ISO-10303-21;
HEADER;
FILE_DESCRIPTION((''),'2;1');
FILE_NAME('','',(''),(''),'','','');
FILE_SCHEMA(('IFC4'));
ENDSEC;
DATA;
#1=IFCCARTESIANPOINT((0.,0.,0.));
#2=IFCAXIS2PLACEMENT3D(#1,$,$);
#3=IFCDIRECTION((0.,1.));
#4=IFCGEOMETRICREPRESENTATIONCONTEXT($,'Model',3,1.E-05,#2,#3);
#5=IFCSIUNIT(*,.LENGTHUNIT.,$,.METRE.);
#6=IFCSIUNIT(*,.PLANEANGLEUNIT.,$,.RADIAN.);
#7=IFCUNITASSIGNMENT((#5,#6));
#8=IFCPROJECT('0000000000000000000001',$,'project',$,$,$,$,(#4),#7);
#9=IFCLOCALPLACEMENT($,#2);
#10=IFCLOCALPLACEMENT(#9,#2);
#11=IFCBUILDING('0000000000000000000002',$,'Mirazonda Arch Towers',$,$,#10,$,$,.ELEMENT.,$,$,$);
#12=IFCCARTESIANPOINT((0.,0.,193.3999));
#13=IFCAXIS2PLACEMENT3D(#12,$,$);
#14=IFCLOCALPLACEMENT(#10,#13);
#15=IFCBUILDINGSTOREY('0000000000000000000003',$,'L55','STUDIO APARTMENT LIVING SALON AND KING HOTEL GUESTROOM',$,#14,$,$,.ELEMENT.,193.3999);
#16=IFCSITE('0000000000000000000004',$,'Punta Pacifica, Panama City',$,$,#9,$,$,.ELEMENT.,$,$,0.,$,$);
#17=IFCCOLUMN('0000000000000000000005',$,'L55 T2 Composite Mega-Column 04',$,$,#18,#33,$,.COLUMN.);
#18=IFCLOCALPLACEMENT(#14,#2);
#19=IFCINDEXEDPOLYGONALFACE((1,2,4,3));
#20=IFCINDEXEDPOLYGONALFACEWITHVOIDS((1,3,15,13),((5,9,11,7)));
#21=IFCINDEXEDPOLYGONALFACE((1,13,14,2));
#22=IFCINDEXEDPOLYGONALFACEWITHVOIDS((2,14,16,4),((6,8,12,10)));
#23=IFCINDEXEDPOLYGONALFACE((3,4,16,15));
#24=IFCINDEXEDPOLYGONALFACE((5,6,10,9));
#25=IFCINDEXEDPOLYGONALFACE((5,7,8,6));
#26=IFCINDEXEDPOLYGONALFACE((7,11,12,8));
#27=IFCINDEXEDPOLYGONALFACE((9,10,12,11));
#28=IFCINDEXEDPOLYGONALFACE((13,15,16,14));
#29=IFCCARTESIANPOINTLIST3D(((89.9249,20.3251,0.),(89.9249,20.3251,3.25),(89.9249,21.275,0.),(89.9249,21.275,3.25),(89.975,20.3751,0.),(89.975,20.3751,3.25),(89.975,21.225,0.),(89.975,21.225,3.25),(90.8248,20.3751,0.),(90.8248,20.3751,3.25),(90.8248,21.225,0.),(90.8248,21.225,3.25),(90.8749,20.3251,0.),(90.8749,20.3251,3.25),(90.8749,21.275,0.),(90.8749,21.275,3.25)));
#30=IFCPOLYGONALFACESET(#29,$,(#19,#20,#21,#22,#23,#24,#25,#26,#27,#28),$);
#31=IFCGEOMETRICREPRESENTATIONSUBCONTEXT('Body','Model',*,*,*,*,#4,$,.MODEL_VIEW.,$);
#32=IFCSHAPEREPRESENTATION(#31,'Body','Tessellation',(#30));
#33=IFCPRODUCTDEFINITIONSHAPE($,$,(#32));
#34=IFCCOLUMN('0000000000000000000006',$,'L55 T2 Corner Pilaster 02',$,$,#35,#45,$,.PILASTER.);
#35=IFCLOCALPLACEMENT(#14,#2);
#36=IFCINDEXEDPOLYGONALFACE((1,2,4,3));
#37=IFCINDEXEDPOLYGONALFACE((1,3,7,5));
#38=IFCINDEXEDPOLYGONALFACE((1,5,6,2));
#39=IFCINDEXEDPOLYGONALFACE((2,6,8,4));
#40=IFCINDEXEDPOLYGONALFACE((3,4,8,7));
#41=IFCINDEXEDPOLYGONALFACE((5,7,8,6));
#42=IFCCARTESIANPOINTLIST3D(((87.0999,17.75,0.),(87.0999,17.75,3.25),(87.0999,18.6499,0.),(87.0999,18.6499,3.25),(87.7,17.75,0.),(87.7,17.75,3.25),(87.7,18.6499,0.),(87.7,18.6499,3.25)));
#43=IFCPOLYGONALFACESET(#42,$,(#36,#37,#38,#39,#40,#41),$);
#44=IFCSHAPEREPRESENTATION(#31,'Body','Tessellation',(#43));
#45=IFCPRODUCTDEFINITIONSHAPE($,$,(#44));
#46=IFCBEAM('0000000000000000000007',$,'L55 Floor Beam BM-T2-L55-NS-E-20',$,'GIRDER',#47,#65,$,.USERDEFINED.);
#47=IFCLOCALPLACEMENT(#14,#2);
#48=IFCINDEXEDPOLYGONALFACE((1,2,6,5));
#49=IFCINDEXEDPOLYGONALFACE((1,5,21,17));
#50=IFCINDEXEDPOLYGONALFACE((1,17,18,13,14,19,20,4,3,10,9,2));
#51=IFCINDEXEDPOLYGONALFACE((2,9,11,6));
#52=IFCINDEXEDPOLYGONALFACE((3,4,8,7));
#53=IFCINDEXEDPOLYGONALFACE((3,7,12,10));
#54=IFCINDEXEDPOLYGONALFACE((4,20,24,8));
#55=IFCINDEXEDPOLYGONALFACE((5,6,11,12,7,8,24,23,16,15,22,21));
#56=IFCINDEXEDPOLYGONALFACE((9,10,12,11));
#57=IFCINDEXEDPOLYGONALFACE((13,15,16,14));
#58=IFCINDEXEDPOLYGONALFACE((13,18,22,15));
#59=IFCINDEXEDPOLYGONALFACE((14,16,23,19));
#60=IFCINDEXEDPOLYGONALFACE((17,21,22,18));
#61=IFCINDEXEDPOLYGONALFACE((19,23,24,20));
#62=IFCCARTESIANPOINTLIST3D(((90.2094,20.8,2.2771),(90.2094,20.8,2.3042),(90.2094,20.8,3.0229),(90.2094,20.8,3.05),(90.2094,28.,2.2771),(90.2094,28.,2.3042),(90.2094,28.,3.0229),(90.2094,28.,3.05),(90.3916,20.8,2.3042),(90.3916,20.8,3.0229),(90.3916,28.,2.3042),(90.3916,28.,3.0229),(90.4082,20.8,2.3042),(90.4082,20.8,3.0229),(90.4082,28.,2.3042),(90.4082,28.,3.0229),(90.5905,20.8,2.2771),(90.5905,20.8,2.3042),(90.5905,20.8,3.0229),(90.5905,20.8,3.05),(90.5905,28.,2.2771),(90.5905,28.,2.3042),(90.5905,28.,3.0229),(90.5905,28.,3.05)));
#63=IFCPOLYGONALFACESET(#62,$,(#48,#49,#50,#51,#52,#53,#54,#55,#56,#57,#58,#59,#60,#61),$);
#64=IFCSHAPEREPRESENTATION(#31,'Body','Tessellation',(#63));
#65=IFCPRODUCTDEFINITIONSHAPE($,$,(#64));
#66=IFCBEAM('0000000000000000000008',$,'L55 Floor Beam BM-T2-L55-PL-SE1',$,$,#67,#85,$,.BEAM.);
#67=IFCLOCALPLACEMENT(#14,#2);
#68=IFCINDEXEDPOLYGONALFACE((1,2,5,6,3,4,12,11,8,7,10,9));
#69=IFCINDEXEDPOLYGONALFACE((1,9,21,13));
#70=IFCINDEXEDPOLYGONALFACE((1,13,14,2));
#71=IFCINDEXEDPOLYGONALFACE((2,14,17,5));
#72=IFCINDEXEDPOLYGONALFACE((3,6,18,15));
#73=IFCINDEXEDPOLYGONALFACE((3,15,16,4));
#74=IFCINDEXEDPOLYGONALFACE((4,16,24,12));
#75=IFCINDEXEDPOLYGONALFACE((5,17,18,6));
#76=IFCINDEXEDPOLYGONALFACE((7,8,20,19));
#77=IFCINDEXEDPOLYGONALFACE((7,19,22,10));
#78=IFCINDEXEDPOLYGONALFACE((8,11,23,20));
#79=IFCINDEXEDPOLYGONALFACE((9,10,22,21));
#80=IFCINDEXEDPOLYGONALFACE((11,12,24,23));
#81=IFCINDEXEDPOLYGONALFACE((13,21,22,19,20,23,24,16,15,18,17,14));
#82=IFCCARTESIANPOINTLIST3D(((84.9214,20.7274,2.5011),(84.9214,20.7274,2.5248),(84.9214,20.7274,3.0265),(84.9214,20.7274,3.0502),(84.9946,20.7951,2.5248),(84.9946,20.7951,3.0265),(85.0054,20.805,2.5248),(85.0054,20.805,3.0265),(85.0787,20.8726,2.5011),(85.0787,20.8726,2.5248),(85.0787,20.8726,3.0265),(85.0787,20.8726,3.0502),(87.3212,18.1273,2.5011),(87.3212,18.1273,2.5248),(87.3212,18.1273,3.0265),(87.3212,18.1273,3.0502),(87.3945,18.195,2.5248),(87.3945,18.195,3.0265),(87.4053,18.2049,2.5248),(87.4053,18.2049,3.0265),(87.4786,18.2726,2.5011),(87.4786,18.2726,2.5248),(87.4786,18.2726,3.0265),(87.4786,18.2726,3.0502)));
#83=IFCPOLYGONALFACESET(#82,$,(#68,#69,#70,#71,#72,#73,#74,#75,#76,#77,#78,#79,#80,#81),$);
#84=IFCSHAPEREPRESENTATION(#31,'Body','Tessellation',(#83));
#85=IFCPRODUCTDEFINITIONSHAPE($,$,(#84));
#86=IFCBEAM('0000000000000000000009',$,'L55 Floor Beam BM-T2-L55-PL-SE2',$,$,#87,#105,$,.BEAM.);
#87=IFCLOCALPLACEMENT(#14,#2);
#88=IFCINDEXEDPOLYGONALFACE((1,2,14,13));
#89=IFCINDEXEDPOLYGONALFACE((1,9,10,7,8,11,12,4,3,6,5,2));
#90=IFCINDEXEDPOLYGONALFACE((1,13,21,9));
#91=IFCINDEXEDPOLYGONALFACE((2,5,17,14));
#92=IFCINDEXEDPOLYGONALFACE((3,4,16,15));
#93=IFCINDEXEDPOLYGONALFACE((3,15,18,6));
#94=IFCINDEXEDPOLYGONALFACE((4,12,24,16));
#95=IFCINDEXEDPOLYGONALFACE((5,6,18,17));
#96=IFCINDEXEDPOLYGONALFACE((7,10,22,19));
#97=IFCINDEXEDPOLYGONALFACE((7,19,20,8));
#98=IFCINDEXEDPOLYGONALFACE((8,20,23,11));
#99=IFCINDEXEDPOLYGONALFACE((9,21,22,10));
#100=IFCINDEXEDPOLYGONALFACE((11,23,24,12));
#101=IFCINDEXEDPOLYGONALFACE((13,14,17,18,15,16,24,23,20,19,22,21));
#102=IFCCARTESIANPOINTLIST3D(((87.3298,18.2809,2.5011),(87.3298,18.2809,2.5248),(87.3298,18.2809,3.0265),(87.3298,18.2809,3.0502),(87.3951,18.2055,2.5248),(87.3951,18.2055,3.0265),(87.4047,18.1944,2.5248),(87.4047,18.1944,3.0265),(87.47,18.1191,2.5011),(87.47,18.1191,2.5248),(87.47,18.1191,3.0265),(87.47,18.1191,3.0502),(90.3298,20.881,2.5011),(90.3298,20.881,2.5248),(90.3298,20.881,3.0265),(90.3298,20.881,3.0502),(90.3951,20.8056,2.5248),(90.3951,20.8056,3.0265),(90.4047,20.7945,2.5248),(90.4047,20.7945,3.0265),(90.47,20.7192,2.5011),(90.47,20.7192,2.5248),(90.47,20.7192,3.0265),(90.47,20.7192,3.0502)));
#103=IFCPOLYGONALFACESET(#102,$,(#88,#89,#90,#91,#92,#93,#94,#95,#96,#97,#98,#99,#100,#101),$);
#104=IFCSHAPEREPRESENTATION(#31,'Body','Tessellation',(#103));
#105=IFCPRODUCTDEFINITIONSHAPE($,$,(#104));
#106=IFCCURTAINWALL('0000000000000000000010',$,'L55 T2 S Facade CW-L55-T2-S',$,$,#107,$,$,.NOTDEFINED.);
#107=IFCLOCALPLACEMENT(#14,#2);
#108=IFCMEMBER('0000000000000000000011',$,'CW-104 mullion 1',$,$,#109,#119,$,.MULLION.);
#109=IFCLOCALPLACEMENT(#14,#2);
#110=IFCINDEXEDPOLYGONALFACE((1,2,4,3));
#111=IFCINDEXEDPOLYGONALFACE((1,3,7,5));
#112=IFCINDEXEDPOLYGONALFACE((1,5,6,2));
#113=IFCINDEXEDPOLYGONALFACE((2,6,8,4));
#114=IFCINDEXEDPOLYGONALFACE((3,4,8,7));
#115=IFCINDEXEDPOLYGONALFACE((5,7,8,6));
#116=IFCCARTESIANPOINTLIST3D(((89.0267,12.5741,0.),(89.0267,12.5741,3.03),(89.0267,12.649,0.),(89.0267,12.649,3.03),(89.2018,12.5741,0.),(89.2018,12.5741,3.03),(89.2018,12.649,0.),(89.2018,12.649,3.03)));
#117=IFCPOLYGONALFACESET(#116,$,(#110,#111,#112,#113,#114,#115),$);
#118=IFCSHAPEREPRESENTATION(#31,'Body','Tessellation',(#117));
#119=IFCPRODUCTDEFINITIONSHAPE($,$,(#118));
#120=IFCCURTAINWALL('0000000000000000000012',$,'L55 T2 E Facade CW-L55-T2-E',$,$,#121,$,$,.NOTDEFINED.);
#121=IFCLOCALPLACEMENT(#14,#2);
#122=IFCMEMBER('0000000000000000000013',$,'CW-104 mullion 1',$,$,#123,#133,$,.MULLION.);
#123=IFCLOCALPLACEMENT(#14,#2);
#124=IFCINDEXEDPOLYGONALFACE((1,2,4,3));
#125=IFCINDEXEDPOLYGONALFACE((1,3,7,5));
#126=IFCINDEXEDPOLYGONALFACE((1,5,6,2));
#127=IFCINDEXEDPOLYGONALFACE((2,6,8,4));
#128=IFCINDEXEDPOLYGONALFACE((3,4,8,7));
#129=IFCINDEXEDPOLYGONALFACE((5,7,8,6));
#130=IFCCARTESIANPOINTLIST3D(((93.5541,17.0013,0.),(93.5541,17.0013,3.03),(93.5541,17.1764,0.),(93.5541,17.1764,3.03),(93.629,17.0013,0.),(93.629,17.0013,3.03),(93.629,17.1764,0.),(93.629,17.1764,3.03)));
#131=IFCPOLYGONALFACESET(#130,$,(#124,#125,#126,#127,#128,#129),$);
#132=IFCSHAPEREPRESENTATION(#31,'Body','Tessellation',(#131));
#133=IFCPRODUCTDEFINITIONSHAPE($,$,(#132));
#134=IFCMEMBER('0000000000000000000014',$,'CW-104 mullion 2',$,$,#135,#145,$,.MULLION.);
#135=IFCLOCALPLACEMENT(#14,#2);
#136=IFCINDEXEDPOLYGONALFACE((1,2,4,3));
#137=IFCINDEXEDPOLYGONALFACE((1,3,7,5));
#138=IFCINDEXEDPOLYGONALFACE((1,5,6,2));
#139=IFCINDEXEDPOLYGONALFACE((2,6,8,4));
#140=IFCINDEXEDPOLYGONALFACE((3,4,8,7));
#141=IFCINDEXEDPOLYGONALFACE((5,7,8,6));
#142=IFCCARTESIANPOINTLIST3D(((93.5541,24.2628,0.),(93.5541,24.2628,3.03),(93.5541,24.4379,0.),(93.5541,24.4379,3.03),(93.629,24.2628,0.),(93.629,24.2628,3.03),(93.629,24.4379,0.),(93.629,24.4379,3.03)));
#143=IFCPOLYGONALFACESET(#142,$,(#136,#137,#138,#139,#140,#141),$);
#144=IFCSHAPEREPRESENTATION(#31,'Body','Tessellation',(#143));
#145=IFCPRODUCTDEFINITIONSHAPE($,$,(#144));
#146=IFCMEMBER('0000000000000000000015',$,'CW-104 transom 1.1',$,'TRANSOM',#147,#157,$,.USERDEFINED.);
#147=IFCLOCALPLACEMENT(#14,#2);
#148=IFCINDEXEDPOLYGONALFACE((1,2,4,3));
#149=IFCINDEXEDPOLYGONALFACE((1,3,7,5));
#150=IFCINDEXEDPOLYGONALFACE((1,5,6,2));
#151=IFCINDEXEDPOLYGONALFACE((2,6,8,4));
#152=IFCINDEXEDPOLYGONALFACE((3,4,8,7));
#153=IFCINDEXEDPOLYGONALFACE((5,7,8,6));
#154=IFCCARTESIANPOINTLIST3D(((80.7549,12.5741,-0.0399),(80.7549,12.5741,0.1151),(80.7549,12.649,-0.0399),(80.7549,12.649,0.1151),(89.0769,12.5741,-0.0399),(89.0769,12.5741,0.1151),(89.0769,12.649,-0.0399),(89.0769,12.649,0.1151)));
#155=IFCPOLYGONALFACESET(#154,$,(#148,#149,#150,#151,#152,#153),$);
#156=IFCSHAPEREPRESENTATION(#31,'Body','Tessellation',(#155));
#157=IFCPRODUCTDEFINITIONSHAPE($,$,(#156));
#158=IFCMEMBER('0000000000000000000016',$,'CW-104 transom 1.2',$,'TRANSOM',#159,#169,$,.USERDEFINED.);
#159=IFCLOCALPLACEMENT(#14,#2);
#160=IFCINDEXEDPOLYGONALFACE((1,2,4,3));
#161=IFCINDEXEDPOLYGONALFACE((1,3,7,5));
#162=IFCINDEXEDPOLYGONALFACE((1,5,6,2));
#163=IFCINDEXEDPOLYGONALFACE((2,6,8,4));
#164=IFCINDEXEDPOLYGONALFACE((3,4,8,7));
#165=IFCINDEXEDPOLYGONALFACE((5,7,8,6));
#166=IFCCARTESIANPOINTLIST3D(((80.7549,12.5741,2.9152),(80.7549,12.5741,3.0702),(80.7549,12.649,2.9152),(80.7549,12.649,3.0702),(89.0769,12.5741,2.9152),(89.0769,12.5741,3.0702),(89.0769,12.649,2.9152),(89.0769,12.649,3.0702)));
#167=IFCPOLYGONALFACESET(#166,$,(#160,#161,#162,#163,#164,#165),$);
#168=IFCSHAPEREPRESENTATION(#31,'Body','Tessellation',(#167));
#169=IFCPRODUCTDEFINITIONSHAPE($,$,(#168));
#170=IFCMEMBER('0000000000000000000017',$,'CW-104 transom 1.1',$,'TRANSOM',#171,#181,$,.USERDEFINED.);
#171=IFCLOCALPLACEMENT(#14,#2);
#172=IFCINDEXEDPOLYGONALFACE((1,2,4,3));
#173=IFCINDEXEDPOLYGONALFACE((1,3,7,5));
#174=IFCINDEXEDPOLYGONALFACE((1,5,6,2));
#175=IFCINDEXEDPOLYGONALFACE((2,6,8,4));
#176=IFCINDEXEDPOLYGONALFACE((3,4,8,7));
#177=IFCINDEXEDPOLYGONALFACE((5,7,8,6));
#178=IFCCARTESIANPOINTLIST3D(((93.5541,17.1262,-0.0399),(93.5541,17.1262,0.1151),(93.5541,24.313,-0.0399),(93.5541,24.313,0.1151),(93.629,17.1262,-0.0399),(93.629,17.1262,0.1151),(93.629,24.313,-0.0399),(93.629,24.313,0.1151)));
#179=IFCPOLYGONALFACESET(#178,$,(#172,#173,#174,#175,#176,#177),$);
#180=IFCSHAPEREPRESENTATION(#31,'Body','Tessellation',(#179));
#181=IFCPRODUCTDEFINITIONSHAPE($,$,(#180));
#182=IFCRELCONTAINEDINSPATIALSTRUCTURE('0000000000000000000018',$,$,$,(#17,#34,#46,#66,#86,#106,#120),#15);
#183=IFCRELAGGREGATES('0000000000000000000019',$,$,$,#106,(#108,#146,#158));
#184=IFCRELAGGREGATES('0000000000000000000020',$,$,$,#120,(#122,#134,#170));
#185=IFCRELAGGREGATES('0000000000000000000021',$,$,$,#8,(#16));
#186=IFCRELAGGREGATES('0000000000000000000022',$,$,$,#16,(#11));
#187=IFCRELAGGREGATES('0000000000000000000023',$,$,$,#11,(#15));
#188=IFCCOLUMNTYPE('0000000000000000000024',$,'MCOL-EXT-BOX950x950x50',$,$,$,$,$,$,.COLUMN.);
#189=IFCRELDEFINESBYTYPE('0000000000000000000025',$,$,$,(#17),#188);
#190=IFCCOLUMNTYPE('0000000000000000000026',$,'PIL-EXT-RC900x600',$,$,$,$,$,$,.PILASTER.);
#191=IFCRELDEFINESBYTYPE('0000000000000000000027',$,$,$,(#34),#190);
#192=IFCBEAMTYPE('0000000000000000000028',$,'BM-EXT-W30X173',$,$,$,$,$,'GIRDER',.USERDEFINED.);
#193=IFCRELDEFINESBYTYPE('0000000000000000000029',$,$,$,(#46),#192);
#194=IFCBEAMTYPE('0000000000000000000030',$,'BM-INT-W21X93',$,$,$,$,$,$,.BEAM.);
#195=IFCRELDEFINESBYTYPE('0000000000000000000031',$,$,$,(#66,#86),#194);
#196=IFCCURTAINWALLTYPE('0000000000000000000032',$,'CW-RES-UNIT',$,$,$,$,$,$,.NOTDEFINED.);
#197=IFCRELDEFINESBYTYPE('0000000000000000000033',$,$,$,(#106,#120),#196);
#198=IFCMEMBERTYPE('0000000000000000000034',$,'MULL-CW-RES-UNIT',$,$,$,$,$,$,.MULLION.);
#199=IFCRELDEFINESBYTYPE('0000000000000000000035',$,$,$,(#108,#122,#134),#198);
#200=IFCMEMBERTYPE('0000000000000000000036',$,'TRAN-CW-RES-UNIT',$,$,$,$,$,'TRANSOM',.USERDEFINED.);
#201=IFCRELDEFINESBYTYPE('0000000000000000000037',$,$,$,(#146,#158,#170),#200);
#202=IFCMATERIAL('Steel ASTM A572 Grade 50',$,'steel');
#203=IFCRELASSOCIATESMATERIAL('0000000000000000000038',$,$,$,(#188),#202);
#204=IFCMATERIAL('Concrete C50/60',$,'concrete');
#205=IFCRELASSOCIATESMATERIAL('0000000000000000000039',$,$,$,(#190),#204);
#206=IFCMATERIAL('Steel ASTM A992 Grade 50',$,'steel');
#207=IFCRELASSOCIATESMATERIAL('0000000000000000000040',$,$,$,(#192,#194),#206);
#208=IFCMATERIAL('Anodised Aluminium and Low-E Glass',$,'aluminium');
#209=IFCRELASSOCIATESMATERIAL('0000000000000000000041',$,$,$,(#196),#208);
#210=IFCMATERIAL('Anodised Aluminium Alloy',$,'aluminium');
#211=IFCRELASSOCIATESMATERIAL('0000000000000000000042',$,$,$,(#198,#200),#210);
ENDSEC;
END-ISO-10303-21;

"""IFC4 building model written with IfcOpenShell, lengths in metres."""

from ifc_helpers import new_model, si_unit, direction, frame, origin, origin_2d, place, context, subcontext, project, spatial, rectangle, hollow_rectangle, i_section, extrude, material, material_profile, profile_set, type_object, element, aggregate, save


model = new_model("IFC4")

# Units and contexts
model_context = context("Model", 3, precision=1e-05, world=origin(), true_north=direction((0.0, 1.0)))
body_context = subcontext(model_context, "Body", "Model", "MODEL_VIEW")
ifc_project = project(units=[si_unit("LENGTHUNIT", "METRE"), si_unit("PLANEANGLEUNIT", "RADIAN")], contexts=[model_context])

# Site, building, storey
site_placement = place(None, origin())
site = spatial("IfcSite", under=ifc_project, at=site_placement, Name="Punta Pacifica, Panama City", CompositionType="ELEMENT", RefElevation=0.0)
building_placement = place(site_placement, origin())
building = spatial("IfcBuilding", under=site, at=building_placement, Name="Mirazonda Arch Towers", CompositionType="ELEMENT")
storey_placement = place(building_placement, frame((0.0, 0.0, 193.3999)))
storey = spatial("IfcBuildingStorey", under=building, at=storey_placement, Name="L55", Description="STUDIO APARTMENT LIVING SALON AND KING HOTEL GUESTROOM", CompositionType="ELEMENT", Elevation=193.3999)

# Columns
ifc_material_1 = material(Name="Steel ASTM A572 Grade 50", Category="steel")
ifc_material_profile_1 = material_profile(ifc_material_1, hollow_rectangle(XDim=0.95, YDim=0.95, WallThickness=0.05, at=origin_2d()), Name="BOX950x950x50")
ifc_profile_set_1 = profile_set([ifc_material_profile_1], Name="Steel ASTM A572 Grade 50")
column_type_1 = type_object("IfcColumnType", Name="MCOL-EXT-BOX950x950x50", PredefinedType="COLUMN", material=ifc_profile_set_1)
column_1_placement = place(storey_placement, frame((90.3999, 20.8, 0.0), z_axis=(0.0, 0.0, 1.0), x_axis=(1.0, 0.0, 0.0)))
element("IfcColumn", 1, at=column_1_placement, inside=storey, type_object=column_type_1, Name="L55 T2 Composite Mega-Column 04", PredefinedType="COLUMN", context=body_context, shape_type="SweptSolid", body=[
    extrude(hollow_rectangle(XDim=0.95, YDim=0.95, WallThickness=0.05, at=origin_2d()), origin(), (0.0, 0.0, 1.0), 3.25),
])
ifc_material_2 = material(Name="Concrete C50/60", Category="concrete")
ifc_material_profile_2 = material_profile(ifc_material_2, rectangle(XDim=0.6001, YDim=0.8999, at=origin_2d()), Name="RC900x600")
ifc_profile_set_2 = profile_set([ifc_material_profile_2], Name="Concrete C50/60")
column_type_2 = type_object("IfcColumnType", Name="PIL-EXT-RC900x600", PredefinedType="PILASTER", material=ifc_profile_set_2)
column_2_placement = place(storey_placement, frame((87.3999, 18.2, 0.0), z_axis=(0.0, 0.0, 1.0), x_axis=(1.0, 0.0, 0.0)))
element("IfcColumn", 2, at=column_2_placement, inside=storey, type_object=column_type_2, Name="L55 T2 Corner Pilaster 02", PredefinedType="PILASTER", context=body_context, shape_type="SweptSolid", body=[
    extrude(rectangle(XDim=0.6001, YDim=0.8999, at=origin_2d()), origin(), (0.0, 0.0, 1.0), 3.25),
])

# Beams
ifc_material_3 = material(Name="Steel ASTM A992 Grade 50", Category="steel")
ifc_material_profile_3 = material_profile(ifc_material_3, i_section(OverallWidth=0.3811, OverallDepth=0.7729, WebThickness=0.0166, FlangeThickness=0.0271, at=origin_2d()), Name="W30X173")
ifc_profile_set_3 = profile_set([ifc_material_profile_3], Name="Steel ASTM A992 Grade 50")
beam_type_1 = type_object("IfcBeamType", Name="BM-EXT-W30X173", ElementType="GIRDER", PredefinedType="USERDEFINED", material=ifc_profile_set_3)
beam_1_placement = place(storey_placement, frame((90.3999, 20.8, 2.6636), z_axis=(0.0, 1.0, 0.0), x_axis=(-1.0, 0.0, 0.0)))
element("IfcBeam", 3, at=beam_1_placement, inside=storey, type_object=beam_type_1, Name="L55 Floor Beam BM-T2-L55-NS-E-20", ObjectType="GIRDER", PredefinedType="USERDEFINED", context=body_context, shape_type="SweptSolid", body=[
    extrude(i_section(OverallWidth=0.3811, OverallDepth=0.7729, WebThickness=0.0166, FlangeThickness=0.0271, at=origin_2d()), origin(), (0.0, 0.0, 1.0), 7.2),
])
ifc_material_profile_4 = material_profile(ifc_material_3, i_section(OverallWidth=0.2141, OverallDepth=0.5491, WebThickness=0.0146, FlangeThickness=0.0237, at=origin_2d()), Name="W21X93")
ifc_profile_set_4 = profile_set([ifc_material_profile_4], Name="Steel ASTM A992 Grade 50")
beam_type_2 = type_object("IfcBeamType", Name="BM-INT-W21X93", PredefinedType="BEAM", material=ifc_profile_set_4)
beam_2_placement = place(storey_placement, frame((87.3999, 18.2, 2.7756), z_axis=(-0.678251, 0.73483, 0.0), x_axis=(-0.73483, -0.678251, 0.0)))
element("IfcBeam", 4, at=beam_2_placement, inside=storey, type_object=beam_type_2, Name="L55 Floor Beam BM-T2-L55-PL-SE1", PredefinedType="BEAM", context=body_context, shape_type="SweptSolid", body=[
    extrude(i_section(OverallWidth=0.2141, OverallDepth=0.5491, WebThickness=0.0146, FlangeThickness=0.0237, at=origin_2d()), origin(), (0.0, 0.0, 1.0), 3.5383),
])
beam_3_placement = place(storey_placement, frame((87.3999, 18.2, 2.7756), z_axis=(0.755677, 0.654945, 0.0), x_axis=(-0.654945, 0.755677, 0.0)))
element("IfcBeam", 5, at=beam_3_placement, inside=storey, type_object=beam_type_2, Name="L55 Floor Beam BM-T2-L55-PL-SE2", PredefinedType="BEAM", context=body_context, shape_type="SweptSolid", body=[
    extrude(i_section(OverallWidth=0.2141, OverallDepth=0.5491, WebThickness=0.0146, FlangeThickness=0.0237, at=origin_2d()), origin(), (0.0, 0.0, 1.0), 3.97),
])

# Curtain wall, member
ifc_material_4 = material(Name="Anodised Aluminium and Low-E Glass", Category="aluminium")
curtain_wall_type = type_object("IfcCurtainWallType", Name="CW-RES-UNIT", PredefinedType="NOTDEFINED", material=ifc_material_4)
curtain_wall_1_placement = place(storey_placement, origin())
curtain_wall_1 = element("IfcCurtainWall", 6, at=curtain_wall_1_placement, inside=storey, type_object=curtain_wall_type, Name="L55 T2 S Facade CW-L55-T2-S", PredefinedType="NOTDEFINED")
ifc_material_5 = material(Name="Anodised Aluminium Alloy", Category="aluminium")
ifc_material_profile_5 = material_profile(ifc_material_5, rectangle(XDim=0.075, YDim=0.175, at=origin_2d()), Name="ALU-MULL-75x175")
ifc_profile_set_5 = profile_set([ifc_material_profile_5], Name="Anodised Aluminium Alloy")
member_type_1 = type_object("IfcMemberType", Name="MULL-CW-RES-UNIT", PredefinedType="MULLION", material=ifc_profile_set_5)
member_1_placement = place(storey_placement, frame((89.1143, 12.6116, 0.0), z_axis=(0.0, 0.0, 1.0), x_axis=(0.0, -1.0, 0.0)))
member_1 = element("IfcMember", 7, at=member_1_placement, type_object=member_type_1, Name="CW-104 mullion 1", PredefinedType="MULLION", context=body_context, shape_type="SweptSolid", body=[
    extrude(rectangle(XDim=0.075, YDim=0.175, at=origin_2d()), origin(), (0.0, 0.0, 1.0), 3.03),
])

# Curtain wall, members
curtain_wall_2_placement = place(storey_placement, origin())
curtain_wall_2 = element("IfcCurtainWall", 8, at=curtain_wall_2_placement, inside=storey, type_object=curtain_wall_type, Name="L55 T2 E Facade CW-L55-T2-E", PredefinedType="NOTDEFINED")
member_2_placement = place(storey_placement, frame((93.5916, 17.0889, 0.0), z_axis=(0.0, 0.0, 1.0), x_axis=(-1.0, 0.0, 0.0)))
member_2 = element("IfcMember", 9, at=member_2_placement, type_object=member_type_1, Name="CW-104 mullion 1", PredefinedType="MULLION", context=body_context, shape_type="SweptSolid", body=[
    extrude(rectangle(XDim=0.075, YDim=0.175, at=origin_2d()), origin(), (0.0, 0.0, 1.0), 3.03),
])
member_3_placement = place(storey_placement, frame((93.5916, 24.3503, 0.0), z_axis=(0.0, 0.0, 1.0), x_axis=(-1.0, 0.0, 0.0)))
member_3 = element("IfcMember", 10, at=member_3_placement, type_object=member_type_1, Name="CW-104 mullion 2", PredefinedType="MULLION", context=body_context, shape_type="SweptSolid", body=[
    extrude(rectangle(XDim=0.075, YDim=0.175, at=origin_2d()), origin(), (0.0, 0.0, 1.0), 3.03),
])

# Members
ifc_material_profile_6 = material_profile(ifc_material_5, rectangle(XDim=0.075, YDim=0.155, at=origin_2d()), Name="ALU-TRAN-75x155")
ifc_profile_set_6 = profile_set([ifc_material_profile_6], Name="Anodised Aluminium Alloy")
member_type_2 = type_object("IfcMemberType", Name="TRAN-CW-RES-UNIT", ElementType="TRANSOM", PredefinedType="USERDEFINED", material=ifc_profile_set_6)
member_4_placement = place(storey_placement, frame((89.0769, 12.6116, 0.0376), z_axis=(-1.0, 0.0, 0.0), x_axis=(0.0, -1.0, 0.0)))
member_4 = element("IfcMember", 11, at=member_4_placement, type_object=member_type_2, Name="CW-104 transom 1.1", ObjectType="TRANSOM", PredefinedType="USERDEFINED", context=body_context, shape_type="SweptSolid", body=[
    extrude(rectangle(XDim=0.075, YDim=0.155, at=origin_2d()), origin(), (0.0, 0.0, 1.0), 8.322),
])
member_5_placement = place(storey_placement, frame((89.0769, 12.6116, 2.9927), z_axis=(-1.0, 0.0, 0.0), x_axis=(0.0, -1.0, 0.0)))
member_5 = element("IfcMember", 12, at=member_5_placement, type_object=member_type_2, Name="CW-104 transom 1.2", ObjectType="TRANSOM", PredefinedType="USERDEFINED", context=body_context, shape_type="SweptSolid", body=[
    extrude(rectangle(XDim=0.075, YDim=0.155, at=origin_2d()), origin(), (0.0, 0.0, 1.0), 8.322),
])
aggregate(curtain_wall_1, [member_1, member_4, member_5])
member_6_placement = place(storey_placement, frame((93.5916, 17.1262, 0.0376), z_axis=(0.0, 1.0, 0.0), x_axis=(-1.0, 0.0, 0.0)))
member_6 = element("IfcMember", 13, at=member_6_placement, type_object=member_type_2, Name="CW-104 transom 1.1", ObjectType="TRANSOM", PredefinedType="USERDEFINED", context=body_context, shape_type="SweptSolid", body=[
    extrude(rectangle(XDim=0.075, YDim=0.155, at=origin_2d()), origin(), (0.0, 0.0, 1.0), 7.1868),
])

aggregate(curtain_wall_2, [member_2, member_3, member_6])

save(model, "model.ifc")
